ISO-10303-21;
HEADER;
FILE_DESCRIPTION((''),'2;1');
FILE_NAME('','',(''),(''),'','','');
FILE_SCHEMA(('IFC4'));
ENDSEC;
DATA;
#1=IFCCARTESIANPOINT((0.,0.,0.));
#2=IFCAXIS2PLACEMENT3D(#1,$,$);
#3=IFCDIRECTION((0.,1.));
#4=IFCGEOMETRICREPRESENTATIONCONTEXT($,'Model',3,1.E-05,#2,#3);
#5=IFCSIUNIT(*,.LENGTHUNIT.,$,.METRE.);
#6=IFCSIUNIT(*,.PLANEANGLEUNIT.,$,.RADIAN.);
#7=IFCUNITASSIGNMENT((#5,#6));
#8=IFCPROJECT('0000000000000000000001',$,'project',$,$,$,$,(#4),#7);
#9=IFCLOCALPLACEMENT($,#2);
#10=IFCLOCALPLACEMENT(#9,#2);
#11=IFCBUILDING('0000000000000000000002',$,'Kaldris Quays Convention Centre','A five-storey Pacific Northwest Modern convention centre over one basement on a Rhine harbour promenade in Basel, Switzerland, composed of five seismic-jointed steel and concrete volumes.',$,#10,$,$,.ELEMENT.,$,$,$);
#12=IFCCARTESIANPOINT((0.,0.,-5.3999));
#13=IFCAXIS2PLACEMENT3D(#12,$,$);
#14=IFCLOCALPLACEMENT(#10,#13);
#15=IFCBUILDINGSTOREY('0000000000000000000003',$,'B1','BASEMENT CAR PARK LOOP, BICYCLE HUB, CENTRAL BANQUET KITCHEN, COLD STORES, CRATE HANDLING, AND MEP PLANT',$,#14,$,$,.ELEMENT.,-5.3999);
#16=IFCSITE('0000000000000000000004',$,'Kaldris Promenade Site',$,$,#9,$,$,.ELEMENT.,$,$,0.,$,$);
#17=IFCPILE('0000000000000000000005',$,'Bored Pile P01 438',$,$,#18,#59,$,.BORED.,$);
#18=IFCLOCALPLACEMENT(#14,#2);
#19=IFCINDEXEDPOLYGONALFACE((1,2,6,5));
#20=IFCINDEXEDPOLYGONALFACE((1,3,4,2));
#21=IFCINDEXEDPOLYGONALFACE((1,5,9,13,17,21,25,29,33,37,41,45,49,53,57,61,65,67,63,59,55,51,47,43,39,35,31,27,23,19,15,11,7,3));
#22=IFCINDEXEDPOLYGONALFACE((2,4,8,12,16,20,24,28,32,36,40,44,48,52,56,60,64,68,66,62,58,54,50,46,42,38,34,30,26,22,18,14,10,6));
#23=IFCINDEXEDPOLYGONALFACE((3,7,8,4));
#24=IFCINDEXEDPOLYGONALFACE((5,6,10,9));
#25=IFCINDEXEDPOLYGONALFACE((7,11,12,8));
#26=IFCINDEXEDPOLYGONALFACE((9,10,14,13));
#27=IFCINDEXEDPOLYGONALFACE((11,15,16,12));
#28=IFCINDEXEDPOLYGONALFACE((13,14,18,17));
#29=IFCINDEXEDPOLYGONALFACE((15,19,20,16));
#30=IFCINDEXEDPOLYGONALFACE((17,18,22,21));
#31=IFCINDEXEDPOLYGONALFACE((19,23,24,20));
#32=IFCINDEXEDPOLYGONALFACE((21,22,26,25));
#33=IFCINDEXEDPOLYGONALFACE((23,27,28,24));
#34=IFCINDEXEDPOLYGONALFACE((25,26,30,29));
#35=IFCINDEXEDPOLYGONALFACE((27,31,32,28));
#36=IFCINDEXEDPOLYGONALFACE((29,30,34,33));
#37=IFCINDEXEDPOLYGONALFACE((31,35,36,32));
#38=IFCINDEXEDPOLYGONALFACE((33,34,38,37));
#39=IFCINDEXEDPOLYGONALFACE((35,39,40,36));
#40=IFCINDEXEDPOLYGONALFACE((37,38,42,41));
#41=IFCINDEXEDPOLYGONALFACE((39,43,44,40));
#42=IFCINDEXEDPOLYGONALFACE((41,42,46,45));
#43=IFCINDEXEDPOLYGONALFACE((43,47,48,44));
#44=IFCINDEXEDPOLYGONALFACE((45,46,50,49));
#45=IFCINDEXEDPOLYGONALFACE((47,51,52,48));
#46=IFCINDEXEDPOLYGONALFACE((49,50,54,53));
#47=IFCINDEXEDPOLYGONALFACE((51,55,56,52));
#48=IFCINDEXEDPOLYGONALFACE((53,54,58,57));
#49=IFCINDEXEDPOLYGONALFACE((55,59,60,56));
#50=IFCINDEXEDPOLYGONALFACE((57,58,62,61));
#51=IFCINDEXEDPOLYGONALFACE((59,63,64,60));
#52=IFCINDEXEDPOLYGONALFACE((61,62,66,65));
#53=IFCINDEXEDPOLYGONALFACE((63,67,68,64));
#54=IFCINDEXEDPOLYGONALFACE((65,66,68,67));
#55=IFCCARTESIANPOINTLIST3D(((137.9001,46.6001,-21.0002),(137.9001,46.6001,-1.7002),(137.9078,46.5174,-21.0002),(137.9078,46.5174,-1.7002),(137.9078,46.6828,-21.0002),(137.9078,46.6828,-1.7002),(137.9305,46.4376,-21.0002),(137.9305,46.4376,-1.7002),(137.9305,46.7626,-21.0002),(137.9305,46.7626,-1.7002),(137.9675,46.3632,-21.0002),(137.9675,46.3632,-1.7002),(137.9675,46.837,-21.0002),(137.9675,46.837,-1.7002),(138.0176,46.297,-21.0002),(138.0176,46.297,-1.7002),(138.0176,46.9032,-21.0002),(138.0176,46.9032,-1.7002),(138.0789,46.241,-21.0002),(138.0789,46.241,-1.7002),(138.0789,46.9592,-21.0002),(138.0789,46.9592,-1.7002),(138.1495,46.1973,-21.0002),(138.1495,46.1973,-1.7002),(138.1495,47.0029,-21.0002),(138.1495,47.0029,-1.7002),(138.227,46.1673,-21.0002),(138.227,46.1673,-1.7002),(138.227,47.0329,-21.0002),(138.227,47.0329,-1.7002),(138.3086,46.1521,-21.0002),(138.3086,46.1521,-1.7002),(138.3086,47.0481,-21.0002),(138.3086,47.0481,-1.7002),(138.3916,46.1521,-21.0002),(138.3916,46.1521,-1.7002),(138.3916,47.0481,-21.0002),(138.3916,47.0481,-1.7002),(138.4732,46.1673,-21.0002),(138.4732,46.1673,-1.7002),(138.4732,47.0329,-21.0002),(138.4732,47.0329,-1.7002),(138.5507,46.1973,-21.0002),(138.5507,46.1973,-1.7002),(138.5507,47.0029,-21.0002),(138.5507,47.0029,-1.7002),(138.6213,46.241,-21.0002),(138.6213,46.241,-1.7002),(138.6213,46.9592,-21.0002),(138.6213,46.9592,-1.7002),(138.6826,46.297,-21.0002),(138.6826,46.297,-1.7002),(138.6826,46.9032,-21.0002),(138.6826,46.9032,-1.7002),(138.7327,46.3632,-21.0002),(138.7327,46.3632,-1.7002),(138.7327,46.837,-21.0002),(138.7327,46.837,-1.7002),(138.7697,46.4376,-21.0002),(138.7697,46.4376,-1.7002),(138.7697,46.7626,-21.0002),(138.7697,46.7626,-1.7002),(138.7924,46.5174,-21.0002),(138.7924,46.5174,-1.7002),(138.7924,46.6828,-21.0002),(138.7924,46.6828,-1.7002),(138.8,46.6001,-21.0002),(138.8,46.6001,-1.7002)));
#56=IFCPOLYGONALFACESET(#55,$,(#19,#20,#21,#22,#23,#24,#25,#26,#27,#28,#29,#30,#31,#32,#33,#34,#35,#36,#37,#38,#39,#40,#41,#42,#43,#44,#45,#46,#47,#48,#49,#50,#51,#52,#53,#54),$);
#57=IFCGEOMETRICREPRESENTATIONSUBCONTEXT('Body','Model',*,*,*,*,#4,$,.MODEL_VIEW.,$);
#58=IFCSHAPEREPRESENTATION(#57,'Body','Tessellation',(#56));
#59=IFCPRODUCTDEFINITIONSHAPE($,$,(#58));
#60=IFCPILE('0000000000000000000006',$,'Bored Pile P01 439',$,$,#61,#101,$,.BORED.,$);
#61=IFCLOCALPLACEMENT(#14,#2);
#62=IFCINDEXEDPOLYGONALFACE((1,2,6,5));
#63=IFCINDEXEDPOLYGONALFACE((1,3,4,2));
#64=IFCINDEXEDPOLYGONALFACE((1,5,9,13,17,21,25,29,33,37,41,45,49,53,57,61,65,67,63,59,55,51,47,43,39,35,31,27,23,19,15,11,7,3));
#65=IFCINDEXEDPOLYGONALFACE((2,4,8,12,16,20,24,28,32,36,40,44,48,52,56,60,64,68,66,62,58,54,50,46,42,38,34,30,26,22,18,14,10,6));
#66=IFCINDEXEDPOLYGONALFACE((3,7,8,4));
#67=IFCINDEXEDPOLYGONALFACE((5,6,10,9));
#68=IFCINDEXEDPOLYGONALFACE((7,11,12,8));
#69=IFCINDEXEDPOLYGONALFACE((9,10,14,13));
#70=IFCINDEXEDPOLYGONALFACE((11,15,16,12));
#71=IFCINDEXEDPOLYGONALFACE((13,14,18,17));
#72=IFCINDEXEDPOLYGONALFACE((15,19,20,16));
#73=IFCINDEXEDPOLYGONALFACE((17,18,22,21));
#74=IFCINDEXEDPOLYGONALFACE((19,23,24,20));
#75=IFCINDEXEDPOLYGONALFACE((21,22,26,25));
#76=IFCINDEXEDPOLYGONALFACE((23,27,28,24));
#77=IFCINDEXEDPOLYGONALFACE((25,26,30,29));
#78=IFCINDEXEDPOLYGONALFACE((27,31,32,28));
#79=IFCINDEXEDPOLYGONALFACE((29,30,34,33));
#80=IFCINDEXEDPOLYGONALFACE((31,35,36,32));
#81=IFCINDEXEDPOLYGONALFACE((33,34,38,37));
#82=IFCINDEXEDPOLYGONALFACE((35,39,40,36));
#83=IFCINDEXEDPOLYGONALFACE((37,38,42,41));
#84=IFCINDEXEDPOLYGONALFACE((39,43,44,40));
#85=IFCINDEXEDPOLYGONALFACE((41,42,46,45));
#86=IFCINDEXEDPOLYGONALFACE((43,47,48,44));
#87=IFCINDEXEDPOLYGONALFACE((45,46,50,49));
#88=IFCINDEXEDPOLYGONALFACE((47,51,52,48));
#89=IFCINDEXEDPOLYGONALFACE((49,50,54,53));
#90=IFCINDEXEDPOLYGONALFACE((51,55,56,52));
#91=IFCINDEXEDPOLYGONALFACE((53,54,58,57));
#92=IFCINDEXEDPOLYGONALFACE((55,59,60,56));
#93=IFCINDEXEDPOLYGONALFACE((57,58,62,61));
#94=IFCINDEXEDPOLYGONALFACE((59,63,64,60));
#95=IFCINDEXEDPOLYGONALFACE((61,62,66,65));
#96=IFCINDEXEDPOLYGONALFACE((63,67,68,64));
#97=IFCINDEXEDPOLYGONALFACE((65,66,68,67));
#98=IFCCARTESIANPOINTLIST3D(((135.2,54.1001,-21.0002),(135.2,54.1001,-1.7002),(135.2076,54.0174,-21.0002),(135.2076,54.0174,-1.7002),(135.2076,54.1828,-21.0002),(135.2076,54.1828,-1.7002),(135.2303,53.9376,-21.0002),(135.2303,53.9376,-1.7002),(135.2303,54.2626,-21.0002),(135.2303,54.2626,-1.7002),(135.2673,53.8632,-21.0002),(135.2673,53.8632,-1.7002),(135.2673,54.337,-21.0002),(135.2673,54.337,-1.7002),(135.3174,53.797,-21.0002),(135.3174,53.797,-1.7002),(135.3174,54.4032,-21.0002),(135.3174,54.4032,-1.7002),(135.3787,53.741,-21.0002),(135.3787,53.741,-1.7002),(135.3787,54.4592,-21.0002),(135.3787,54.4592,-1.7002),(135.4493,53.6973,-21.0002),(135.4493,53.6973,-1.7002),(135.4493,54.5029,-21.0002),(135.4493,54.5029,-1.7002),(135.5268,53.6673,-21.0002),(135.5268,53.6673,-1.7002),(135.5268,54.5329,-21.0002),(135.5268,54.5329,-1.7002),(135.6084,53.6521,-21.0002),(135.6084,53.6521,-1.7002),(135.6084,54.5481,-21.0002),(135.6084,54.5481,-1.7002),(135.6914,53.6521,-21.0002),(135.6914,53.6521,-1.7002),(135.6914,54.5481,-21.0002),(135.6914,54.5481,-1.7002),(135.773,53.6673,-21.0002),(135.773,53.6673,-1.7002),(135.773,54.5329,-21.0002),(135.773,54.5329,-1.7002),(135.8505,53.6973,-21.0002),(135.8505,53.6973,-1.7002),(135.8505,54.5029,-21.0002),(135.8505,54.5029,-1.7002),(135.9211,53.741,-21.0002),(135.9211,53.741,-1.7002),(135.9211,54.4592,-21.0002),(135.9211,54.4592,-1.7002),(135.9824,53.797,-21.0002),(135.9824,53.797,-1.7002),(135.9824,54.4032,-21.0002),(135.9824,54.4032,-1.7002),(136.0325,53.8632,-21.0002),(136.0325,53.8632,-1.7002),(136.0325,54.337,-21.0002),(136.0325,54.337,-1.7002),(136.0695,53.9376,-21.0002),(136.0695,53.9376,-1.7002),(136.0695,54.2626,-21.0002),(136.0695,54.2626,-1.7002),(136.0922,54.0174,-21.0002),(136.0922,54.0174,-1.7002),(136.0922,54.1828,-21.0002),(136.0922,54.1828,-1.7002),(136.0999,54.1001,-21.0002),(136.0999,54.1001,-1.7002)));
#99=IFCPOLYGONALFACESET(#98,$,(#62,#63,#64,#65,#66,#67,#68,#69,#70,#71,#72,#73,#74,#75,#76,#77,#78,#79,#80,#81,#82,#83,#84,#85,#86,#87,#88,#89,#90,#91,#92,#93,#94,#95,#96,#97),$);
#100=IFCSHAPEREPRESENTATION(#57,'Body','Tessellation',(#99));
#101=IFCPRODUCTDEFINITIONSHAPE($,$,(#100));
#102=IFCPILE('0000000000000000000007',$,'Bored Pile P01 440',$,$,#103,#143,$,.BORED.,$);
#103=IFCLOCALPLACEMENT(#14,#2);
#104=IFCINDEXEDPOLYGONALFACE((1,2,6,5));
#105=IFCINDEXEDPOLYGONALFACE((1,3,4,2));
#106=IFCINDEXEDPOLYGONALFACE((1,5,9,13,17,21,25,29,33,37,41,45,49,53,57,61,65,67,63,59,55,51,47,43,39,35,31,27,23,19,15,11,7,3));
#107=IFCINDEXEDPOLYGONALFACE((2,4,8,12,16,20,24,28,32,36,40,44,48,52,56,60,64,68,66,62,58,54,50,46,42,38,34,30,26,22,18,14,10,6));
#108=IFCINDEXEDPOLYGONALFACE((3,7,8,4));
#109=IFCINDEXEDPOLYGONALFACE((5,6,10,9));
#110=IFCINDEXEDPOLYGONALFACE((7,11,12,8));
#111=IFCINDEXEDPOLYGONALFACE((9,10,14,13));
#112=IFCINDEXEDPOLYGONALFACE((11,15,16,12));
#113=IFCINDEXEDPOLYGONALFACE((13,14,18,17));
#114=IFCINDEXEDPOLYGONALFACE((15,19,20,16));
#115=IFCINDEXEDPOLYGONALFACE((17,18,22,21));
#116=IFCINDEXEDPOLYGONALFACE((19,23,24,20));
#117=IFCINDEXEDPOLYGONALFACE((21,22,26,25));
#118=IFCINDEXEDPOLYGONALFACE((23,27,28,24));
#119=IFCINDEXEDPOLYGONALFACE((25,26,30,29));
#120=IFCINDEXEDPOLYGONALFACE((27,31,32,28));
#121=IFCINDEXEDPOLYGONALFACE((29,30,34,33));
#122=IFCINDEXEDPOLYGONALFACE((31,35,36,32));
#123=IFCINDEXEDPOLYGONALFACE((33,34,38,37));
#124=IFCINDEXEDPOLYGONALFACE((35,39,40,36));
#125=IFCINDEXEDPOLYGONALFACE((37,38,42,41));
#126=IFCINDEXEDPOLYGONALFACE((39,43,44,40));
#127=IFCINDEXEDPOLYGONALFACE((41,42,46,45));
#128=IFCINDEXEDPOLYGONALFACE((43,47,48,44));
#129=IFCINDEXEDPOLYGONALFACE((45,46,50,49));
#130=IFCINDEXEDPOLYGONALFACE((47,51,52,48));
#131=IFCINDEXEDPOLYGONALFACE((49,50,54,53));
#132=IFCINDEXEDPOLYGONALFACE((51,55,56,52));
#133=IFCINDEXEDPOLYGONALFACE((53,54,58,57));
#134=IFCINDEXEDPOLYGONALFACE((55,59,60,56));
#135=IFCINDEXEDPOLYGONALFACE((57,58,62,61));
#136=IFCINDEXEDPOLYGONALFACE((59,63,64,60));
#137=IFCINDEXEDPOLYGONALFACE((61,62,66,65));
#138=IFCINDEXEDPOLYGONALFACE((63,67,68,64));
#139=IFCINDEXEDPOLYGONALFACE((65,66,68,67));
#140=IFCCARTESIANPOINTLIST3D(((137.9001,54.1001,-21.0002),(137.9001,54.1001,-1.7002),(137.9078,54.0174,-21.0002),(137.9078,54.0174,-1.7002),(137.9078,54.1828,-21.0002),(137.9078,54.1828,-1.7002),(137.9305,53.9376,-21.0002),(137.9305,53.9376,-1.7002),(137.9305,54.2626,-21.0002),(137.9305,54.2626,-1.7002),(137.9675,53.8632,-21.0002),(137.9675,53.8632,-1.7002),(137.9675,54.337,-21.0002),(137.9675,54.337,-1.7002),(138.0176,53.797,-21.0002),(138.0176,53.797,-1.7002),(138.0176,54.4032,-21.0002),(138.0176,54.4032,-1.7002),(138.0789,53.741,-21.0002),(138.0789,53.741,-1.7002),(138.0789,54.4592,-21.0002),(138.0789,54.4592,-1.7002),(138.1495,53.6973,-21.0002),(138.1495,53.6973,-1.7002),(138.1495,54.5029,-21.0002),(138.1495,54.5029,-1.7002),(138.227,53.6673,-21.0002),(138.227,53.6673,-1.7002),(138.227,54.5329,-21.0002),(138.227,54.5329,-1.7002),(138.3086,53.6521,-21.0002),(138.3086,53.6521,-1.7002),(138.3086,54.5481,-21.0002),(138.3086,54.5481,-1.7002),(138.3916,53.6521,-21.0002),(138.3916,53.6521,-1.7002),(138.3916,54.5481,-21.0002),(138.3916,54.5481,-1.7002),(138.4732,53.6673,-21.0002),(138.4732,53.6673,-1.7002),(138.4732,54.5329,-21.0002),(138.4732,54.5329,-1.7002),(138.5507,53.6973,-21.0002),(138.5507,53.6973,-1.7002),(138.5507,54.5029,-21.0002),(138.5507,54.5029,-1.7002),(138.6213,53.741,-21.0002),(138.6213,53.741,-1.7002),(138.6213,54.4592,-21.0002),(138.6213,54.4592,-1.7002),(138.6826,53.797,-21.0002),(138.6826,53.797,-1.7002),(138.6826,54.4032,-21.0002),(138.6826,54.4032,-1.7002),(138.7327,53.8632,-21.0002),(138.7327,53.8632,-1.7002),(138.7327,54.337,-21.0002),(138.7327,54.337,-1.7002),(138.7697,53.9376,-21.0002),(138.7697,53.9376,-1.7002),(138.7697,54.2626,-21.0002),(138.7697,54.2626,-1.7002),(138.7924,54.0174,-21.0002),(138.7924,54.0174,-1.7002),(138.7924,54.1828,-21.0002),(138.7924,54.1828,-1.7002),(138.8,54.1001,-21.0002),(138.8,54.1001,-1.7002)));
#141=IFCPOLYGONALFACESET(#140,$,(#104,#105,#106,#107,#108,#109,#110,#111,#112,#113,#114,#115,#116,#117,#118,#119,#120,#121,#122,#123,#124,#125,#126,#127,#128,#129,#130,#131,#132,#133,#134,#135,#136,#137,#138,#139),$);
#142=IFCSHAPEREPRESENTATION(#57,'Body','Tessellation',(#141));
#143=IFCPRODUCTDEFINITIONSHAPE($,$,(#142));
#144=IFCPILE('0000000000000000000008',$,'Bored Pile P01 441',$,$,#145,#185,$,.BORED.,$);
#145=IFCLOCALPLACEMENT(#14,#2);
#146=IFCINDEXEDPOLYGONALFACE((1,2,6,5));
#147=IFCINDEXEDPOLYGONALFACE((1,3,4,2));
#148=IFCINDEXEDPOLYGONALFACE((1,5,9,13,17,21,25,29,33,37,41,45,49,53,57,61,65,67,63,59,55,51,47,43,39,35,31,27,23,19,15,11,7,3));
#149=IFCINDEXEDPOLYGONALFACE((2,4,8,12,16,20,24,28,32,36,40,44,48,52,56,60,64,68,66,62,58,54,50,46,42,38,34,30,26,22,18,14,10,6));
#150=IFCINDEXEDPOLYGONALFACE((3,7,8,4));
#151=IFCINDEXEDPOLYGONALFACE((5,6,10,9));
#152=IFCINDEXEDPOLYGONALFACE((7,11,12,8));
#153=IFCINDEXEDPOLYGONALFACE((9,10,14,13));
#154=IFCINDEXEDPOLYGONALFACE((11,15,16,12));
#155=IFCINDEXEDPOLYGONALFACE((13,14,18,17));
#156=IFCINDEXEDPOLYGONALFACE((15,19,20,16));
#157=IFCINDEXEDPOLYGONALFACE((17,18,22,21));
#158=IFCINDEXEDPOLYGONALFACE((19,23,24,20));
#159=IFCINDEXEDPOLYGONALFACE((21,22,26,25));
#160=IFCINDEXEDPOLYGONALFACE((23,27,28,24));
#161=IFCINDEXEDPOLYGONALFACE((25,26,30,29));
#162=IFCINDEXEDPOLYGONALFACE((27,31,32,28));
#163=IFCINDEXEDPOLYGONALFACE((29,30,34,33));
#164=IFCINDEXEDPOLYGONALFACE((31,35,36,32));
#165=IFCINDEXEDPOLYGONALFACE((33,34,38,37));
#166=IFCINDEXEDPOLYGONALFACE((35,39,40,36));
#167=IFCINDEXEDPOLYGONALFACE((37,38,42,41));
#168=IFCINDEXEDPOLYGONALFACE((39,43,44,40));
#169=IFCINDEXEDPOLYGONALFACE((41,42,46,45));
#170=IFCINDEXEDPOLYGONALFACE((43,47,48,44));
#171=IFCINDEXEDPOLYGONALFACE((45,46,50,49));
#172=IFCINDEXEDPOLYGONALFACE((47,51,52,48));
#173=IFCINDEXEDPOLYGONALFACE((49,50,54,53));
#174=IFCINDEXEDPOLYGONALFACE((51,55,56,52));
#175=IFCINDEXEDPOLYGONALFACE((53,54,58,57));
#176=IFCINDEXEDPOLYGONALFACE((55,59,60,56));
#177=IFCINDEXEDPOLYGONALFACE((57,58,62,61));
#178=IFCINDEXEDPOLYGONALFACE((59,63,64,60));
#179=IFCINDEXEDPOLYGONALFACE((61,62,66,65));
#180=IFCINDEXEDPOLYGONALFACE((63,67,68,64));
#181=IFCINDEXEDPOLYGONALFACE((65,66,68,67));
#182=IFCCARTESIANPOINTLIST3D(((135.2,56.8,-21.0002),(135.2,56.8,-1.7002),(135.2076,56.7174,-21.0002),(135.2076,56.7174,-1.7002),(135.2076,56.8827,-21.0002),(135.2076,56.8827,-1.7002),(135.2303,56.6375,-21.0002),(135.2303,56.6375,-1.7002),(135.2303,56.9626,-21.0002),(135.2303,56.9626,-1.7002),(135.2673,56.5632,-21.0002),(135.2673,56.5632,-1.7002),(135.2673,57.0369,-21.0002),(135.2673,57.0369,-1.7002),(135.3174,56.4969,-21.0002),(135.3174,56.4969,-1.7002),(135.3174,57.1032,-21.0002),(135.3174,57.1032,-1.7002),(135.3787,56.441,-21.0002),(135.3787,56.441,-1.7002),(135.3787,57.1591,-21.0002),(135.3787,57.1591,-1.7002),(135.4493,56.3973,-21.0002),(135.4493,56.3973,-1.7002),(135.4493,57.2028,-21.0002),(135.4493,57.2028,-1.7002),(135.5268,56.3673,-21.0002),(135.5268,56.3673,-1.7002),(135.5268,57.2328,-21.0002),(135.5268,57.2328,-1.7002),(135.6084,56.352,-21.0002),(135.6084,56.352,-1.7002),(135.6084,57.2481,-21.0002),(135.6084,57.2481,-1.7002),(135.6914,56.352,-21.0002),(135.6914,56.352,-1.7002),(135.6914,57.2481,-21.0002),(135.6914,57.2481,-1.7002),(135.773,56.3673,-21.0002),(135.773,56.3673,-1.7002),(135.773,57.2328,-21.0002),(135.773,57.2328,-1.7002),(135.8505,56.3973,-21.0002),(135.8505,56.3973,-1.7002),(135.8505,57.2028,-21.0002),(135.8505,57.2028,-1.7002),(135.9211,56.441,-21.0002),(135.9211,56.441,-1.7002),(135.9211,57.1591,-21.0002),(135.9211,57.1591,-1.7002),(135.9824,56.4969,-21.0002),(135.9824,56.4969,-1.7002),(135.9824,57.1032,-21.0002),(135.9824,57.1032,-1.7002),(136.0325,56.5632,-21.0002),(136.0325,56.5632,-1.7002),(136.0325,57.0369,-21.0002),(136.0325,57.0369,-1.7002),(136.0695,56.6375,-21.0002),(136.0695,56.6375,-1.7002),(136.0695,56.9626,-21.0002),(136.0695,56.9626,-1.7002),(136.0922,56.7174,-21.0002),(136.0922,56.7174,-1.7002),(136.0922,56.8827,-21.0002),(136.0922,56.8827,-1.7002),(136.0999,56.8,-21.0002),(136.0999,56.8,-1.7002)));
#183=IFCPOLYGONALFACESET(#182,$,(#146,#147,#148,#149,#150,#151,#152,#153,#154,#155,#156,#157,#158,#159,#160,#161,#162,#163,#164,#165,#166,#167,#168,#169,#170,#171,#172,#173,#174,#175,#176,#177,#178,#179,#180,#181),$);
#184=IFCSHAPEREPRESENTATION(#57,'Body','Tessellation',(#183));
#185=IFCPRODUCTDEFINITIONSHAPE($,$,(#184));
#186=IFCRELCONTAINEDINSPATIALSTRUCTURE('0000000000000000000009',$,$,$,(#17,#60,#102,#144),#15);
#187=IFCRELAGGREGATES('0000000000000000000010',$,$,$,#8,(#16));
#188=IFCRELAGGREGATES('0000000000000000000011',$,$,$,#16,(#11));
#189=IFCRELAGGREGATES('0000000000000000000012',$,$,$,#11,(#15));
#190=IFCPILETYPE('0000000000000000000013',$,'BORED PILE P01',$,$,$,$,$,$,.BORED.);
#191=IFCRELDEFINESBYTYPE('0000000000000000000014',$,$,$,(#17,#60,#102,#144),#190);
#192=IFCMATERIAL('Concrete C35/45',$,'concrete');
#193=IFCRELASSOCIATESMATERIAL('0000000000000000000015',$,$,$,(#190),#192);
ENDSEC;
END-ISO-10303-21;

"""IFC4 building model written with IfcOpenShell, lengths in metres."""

from ifc_helpers import new_model, si_unit, direction, frame, origin, origin_2d, place, context, subcontext, project, spatial, circle, extrude, material, material_profile, profile_set, type_object, element, save


model = new_model("IFC4")

# Units and contexts
model_context = context("Model", 3, precision=1e-05, world=origin(), true_north=direction((0.0, 1.0)))
body_context = subcontext(model_context, "Body", "Model", "MODEL_VIEW")
ifc_project = project(units=[si_unit("LENGTHUNIT", "METRE"), si_unit("PLANEANGLEUNIT", "RADIAN")], contexts=[model_context])

# Site, building, storey
site_placement = place(None, origin())
site = spatial("IfcSite", under=ifc_project, at=site_placement, Name="Kaldris Promenade Site", CompositionType="ELEMENT", RefElevation=0.0)
building_placement = place(site_placement, origin())
building = spatial("IfcBuilding", under=site, at=building_placement, Name="Kaldris Quays Convention Centre", Description="A five-storey Pacific Northwest Modern convention centre over one basement on a Rhine harbour promenade in Basel, Switzerland, composed of five seismic-jointed steel and concrete volumes.", CompositionType="ELEMENT")
storey_placement = place(building_placement, frame((0.0, 0.0, -5.3999)))
storey = spatial("IfcBuildingStorey", under=building, at=storey_placement, Name="B1", Description="BASEMENT CAR PARK LOOP, BICYCLE HUB, CENTRAL BANQUET KITCHEN, COLD STORES, CRATE HANDLING, AND MEP PLANT", CompositionType="ELEMENT", Elevation=-5.3999)

# Piles
ifc_material_1 = material(Name="Concrete C35/45", Category="concrete")
ifc_material_profile_1 = material_profile(ifc_material_1, circle(Radius=0.45, at=origin_2d()), Name="BORED PILE D900")
ifc_profile_set_1 = profile_set([ifc_material_profile_1], Name="Concrete C35/45")
pile_type_1 = type_object("IfcPileType", Name="BORED PILE P01", PredefinedType="BORED", material=ifc_profile_set_1)
for number, where, z_axis, x_axis, name in (
    (1, (138.3501, 46.6001, -1.7002), (0.0, 0.0, -1.0), (1.0, 0.0, 0.0), "Bored Pile P01 438"),
    (2, (135.6499, 54.1001, -1.7002), (0.0, 0.0, -1.0), (1.0, 0.0, 0.0), "Bored Pile P01 439"),
    (3, (138.3501, 54.1001, -1.7002), (0.0, 0.0, -1.0), (1.0, 0.0, 0.0), "Bored Pile P01 440"),
    (4, (135.6499, 56.8, -1.7002), (0.0, 0.0, -1.0), (1.0, 0.0, 0.0), "Bored Pile P01 441"),
):
    element("IfcPile", number, at=place(storey_placement, frame(where, z_axis=z_axis, x_axis=x_axis)), inside=storey, type_object=pile_type_1, Name=name, PredefinedType="BORED", context=body_context, shape_type="SweptSolid", body=[
        extrude(circle(Radius=0.45, at=origin_2d()), origin(), (0.0, 0.0, 1.0), 19.3),
    ])

save(model, "model.ifc")
